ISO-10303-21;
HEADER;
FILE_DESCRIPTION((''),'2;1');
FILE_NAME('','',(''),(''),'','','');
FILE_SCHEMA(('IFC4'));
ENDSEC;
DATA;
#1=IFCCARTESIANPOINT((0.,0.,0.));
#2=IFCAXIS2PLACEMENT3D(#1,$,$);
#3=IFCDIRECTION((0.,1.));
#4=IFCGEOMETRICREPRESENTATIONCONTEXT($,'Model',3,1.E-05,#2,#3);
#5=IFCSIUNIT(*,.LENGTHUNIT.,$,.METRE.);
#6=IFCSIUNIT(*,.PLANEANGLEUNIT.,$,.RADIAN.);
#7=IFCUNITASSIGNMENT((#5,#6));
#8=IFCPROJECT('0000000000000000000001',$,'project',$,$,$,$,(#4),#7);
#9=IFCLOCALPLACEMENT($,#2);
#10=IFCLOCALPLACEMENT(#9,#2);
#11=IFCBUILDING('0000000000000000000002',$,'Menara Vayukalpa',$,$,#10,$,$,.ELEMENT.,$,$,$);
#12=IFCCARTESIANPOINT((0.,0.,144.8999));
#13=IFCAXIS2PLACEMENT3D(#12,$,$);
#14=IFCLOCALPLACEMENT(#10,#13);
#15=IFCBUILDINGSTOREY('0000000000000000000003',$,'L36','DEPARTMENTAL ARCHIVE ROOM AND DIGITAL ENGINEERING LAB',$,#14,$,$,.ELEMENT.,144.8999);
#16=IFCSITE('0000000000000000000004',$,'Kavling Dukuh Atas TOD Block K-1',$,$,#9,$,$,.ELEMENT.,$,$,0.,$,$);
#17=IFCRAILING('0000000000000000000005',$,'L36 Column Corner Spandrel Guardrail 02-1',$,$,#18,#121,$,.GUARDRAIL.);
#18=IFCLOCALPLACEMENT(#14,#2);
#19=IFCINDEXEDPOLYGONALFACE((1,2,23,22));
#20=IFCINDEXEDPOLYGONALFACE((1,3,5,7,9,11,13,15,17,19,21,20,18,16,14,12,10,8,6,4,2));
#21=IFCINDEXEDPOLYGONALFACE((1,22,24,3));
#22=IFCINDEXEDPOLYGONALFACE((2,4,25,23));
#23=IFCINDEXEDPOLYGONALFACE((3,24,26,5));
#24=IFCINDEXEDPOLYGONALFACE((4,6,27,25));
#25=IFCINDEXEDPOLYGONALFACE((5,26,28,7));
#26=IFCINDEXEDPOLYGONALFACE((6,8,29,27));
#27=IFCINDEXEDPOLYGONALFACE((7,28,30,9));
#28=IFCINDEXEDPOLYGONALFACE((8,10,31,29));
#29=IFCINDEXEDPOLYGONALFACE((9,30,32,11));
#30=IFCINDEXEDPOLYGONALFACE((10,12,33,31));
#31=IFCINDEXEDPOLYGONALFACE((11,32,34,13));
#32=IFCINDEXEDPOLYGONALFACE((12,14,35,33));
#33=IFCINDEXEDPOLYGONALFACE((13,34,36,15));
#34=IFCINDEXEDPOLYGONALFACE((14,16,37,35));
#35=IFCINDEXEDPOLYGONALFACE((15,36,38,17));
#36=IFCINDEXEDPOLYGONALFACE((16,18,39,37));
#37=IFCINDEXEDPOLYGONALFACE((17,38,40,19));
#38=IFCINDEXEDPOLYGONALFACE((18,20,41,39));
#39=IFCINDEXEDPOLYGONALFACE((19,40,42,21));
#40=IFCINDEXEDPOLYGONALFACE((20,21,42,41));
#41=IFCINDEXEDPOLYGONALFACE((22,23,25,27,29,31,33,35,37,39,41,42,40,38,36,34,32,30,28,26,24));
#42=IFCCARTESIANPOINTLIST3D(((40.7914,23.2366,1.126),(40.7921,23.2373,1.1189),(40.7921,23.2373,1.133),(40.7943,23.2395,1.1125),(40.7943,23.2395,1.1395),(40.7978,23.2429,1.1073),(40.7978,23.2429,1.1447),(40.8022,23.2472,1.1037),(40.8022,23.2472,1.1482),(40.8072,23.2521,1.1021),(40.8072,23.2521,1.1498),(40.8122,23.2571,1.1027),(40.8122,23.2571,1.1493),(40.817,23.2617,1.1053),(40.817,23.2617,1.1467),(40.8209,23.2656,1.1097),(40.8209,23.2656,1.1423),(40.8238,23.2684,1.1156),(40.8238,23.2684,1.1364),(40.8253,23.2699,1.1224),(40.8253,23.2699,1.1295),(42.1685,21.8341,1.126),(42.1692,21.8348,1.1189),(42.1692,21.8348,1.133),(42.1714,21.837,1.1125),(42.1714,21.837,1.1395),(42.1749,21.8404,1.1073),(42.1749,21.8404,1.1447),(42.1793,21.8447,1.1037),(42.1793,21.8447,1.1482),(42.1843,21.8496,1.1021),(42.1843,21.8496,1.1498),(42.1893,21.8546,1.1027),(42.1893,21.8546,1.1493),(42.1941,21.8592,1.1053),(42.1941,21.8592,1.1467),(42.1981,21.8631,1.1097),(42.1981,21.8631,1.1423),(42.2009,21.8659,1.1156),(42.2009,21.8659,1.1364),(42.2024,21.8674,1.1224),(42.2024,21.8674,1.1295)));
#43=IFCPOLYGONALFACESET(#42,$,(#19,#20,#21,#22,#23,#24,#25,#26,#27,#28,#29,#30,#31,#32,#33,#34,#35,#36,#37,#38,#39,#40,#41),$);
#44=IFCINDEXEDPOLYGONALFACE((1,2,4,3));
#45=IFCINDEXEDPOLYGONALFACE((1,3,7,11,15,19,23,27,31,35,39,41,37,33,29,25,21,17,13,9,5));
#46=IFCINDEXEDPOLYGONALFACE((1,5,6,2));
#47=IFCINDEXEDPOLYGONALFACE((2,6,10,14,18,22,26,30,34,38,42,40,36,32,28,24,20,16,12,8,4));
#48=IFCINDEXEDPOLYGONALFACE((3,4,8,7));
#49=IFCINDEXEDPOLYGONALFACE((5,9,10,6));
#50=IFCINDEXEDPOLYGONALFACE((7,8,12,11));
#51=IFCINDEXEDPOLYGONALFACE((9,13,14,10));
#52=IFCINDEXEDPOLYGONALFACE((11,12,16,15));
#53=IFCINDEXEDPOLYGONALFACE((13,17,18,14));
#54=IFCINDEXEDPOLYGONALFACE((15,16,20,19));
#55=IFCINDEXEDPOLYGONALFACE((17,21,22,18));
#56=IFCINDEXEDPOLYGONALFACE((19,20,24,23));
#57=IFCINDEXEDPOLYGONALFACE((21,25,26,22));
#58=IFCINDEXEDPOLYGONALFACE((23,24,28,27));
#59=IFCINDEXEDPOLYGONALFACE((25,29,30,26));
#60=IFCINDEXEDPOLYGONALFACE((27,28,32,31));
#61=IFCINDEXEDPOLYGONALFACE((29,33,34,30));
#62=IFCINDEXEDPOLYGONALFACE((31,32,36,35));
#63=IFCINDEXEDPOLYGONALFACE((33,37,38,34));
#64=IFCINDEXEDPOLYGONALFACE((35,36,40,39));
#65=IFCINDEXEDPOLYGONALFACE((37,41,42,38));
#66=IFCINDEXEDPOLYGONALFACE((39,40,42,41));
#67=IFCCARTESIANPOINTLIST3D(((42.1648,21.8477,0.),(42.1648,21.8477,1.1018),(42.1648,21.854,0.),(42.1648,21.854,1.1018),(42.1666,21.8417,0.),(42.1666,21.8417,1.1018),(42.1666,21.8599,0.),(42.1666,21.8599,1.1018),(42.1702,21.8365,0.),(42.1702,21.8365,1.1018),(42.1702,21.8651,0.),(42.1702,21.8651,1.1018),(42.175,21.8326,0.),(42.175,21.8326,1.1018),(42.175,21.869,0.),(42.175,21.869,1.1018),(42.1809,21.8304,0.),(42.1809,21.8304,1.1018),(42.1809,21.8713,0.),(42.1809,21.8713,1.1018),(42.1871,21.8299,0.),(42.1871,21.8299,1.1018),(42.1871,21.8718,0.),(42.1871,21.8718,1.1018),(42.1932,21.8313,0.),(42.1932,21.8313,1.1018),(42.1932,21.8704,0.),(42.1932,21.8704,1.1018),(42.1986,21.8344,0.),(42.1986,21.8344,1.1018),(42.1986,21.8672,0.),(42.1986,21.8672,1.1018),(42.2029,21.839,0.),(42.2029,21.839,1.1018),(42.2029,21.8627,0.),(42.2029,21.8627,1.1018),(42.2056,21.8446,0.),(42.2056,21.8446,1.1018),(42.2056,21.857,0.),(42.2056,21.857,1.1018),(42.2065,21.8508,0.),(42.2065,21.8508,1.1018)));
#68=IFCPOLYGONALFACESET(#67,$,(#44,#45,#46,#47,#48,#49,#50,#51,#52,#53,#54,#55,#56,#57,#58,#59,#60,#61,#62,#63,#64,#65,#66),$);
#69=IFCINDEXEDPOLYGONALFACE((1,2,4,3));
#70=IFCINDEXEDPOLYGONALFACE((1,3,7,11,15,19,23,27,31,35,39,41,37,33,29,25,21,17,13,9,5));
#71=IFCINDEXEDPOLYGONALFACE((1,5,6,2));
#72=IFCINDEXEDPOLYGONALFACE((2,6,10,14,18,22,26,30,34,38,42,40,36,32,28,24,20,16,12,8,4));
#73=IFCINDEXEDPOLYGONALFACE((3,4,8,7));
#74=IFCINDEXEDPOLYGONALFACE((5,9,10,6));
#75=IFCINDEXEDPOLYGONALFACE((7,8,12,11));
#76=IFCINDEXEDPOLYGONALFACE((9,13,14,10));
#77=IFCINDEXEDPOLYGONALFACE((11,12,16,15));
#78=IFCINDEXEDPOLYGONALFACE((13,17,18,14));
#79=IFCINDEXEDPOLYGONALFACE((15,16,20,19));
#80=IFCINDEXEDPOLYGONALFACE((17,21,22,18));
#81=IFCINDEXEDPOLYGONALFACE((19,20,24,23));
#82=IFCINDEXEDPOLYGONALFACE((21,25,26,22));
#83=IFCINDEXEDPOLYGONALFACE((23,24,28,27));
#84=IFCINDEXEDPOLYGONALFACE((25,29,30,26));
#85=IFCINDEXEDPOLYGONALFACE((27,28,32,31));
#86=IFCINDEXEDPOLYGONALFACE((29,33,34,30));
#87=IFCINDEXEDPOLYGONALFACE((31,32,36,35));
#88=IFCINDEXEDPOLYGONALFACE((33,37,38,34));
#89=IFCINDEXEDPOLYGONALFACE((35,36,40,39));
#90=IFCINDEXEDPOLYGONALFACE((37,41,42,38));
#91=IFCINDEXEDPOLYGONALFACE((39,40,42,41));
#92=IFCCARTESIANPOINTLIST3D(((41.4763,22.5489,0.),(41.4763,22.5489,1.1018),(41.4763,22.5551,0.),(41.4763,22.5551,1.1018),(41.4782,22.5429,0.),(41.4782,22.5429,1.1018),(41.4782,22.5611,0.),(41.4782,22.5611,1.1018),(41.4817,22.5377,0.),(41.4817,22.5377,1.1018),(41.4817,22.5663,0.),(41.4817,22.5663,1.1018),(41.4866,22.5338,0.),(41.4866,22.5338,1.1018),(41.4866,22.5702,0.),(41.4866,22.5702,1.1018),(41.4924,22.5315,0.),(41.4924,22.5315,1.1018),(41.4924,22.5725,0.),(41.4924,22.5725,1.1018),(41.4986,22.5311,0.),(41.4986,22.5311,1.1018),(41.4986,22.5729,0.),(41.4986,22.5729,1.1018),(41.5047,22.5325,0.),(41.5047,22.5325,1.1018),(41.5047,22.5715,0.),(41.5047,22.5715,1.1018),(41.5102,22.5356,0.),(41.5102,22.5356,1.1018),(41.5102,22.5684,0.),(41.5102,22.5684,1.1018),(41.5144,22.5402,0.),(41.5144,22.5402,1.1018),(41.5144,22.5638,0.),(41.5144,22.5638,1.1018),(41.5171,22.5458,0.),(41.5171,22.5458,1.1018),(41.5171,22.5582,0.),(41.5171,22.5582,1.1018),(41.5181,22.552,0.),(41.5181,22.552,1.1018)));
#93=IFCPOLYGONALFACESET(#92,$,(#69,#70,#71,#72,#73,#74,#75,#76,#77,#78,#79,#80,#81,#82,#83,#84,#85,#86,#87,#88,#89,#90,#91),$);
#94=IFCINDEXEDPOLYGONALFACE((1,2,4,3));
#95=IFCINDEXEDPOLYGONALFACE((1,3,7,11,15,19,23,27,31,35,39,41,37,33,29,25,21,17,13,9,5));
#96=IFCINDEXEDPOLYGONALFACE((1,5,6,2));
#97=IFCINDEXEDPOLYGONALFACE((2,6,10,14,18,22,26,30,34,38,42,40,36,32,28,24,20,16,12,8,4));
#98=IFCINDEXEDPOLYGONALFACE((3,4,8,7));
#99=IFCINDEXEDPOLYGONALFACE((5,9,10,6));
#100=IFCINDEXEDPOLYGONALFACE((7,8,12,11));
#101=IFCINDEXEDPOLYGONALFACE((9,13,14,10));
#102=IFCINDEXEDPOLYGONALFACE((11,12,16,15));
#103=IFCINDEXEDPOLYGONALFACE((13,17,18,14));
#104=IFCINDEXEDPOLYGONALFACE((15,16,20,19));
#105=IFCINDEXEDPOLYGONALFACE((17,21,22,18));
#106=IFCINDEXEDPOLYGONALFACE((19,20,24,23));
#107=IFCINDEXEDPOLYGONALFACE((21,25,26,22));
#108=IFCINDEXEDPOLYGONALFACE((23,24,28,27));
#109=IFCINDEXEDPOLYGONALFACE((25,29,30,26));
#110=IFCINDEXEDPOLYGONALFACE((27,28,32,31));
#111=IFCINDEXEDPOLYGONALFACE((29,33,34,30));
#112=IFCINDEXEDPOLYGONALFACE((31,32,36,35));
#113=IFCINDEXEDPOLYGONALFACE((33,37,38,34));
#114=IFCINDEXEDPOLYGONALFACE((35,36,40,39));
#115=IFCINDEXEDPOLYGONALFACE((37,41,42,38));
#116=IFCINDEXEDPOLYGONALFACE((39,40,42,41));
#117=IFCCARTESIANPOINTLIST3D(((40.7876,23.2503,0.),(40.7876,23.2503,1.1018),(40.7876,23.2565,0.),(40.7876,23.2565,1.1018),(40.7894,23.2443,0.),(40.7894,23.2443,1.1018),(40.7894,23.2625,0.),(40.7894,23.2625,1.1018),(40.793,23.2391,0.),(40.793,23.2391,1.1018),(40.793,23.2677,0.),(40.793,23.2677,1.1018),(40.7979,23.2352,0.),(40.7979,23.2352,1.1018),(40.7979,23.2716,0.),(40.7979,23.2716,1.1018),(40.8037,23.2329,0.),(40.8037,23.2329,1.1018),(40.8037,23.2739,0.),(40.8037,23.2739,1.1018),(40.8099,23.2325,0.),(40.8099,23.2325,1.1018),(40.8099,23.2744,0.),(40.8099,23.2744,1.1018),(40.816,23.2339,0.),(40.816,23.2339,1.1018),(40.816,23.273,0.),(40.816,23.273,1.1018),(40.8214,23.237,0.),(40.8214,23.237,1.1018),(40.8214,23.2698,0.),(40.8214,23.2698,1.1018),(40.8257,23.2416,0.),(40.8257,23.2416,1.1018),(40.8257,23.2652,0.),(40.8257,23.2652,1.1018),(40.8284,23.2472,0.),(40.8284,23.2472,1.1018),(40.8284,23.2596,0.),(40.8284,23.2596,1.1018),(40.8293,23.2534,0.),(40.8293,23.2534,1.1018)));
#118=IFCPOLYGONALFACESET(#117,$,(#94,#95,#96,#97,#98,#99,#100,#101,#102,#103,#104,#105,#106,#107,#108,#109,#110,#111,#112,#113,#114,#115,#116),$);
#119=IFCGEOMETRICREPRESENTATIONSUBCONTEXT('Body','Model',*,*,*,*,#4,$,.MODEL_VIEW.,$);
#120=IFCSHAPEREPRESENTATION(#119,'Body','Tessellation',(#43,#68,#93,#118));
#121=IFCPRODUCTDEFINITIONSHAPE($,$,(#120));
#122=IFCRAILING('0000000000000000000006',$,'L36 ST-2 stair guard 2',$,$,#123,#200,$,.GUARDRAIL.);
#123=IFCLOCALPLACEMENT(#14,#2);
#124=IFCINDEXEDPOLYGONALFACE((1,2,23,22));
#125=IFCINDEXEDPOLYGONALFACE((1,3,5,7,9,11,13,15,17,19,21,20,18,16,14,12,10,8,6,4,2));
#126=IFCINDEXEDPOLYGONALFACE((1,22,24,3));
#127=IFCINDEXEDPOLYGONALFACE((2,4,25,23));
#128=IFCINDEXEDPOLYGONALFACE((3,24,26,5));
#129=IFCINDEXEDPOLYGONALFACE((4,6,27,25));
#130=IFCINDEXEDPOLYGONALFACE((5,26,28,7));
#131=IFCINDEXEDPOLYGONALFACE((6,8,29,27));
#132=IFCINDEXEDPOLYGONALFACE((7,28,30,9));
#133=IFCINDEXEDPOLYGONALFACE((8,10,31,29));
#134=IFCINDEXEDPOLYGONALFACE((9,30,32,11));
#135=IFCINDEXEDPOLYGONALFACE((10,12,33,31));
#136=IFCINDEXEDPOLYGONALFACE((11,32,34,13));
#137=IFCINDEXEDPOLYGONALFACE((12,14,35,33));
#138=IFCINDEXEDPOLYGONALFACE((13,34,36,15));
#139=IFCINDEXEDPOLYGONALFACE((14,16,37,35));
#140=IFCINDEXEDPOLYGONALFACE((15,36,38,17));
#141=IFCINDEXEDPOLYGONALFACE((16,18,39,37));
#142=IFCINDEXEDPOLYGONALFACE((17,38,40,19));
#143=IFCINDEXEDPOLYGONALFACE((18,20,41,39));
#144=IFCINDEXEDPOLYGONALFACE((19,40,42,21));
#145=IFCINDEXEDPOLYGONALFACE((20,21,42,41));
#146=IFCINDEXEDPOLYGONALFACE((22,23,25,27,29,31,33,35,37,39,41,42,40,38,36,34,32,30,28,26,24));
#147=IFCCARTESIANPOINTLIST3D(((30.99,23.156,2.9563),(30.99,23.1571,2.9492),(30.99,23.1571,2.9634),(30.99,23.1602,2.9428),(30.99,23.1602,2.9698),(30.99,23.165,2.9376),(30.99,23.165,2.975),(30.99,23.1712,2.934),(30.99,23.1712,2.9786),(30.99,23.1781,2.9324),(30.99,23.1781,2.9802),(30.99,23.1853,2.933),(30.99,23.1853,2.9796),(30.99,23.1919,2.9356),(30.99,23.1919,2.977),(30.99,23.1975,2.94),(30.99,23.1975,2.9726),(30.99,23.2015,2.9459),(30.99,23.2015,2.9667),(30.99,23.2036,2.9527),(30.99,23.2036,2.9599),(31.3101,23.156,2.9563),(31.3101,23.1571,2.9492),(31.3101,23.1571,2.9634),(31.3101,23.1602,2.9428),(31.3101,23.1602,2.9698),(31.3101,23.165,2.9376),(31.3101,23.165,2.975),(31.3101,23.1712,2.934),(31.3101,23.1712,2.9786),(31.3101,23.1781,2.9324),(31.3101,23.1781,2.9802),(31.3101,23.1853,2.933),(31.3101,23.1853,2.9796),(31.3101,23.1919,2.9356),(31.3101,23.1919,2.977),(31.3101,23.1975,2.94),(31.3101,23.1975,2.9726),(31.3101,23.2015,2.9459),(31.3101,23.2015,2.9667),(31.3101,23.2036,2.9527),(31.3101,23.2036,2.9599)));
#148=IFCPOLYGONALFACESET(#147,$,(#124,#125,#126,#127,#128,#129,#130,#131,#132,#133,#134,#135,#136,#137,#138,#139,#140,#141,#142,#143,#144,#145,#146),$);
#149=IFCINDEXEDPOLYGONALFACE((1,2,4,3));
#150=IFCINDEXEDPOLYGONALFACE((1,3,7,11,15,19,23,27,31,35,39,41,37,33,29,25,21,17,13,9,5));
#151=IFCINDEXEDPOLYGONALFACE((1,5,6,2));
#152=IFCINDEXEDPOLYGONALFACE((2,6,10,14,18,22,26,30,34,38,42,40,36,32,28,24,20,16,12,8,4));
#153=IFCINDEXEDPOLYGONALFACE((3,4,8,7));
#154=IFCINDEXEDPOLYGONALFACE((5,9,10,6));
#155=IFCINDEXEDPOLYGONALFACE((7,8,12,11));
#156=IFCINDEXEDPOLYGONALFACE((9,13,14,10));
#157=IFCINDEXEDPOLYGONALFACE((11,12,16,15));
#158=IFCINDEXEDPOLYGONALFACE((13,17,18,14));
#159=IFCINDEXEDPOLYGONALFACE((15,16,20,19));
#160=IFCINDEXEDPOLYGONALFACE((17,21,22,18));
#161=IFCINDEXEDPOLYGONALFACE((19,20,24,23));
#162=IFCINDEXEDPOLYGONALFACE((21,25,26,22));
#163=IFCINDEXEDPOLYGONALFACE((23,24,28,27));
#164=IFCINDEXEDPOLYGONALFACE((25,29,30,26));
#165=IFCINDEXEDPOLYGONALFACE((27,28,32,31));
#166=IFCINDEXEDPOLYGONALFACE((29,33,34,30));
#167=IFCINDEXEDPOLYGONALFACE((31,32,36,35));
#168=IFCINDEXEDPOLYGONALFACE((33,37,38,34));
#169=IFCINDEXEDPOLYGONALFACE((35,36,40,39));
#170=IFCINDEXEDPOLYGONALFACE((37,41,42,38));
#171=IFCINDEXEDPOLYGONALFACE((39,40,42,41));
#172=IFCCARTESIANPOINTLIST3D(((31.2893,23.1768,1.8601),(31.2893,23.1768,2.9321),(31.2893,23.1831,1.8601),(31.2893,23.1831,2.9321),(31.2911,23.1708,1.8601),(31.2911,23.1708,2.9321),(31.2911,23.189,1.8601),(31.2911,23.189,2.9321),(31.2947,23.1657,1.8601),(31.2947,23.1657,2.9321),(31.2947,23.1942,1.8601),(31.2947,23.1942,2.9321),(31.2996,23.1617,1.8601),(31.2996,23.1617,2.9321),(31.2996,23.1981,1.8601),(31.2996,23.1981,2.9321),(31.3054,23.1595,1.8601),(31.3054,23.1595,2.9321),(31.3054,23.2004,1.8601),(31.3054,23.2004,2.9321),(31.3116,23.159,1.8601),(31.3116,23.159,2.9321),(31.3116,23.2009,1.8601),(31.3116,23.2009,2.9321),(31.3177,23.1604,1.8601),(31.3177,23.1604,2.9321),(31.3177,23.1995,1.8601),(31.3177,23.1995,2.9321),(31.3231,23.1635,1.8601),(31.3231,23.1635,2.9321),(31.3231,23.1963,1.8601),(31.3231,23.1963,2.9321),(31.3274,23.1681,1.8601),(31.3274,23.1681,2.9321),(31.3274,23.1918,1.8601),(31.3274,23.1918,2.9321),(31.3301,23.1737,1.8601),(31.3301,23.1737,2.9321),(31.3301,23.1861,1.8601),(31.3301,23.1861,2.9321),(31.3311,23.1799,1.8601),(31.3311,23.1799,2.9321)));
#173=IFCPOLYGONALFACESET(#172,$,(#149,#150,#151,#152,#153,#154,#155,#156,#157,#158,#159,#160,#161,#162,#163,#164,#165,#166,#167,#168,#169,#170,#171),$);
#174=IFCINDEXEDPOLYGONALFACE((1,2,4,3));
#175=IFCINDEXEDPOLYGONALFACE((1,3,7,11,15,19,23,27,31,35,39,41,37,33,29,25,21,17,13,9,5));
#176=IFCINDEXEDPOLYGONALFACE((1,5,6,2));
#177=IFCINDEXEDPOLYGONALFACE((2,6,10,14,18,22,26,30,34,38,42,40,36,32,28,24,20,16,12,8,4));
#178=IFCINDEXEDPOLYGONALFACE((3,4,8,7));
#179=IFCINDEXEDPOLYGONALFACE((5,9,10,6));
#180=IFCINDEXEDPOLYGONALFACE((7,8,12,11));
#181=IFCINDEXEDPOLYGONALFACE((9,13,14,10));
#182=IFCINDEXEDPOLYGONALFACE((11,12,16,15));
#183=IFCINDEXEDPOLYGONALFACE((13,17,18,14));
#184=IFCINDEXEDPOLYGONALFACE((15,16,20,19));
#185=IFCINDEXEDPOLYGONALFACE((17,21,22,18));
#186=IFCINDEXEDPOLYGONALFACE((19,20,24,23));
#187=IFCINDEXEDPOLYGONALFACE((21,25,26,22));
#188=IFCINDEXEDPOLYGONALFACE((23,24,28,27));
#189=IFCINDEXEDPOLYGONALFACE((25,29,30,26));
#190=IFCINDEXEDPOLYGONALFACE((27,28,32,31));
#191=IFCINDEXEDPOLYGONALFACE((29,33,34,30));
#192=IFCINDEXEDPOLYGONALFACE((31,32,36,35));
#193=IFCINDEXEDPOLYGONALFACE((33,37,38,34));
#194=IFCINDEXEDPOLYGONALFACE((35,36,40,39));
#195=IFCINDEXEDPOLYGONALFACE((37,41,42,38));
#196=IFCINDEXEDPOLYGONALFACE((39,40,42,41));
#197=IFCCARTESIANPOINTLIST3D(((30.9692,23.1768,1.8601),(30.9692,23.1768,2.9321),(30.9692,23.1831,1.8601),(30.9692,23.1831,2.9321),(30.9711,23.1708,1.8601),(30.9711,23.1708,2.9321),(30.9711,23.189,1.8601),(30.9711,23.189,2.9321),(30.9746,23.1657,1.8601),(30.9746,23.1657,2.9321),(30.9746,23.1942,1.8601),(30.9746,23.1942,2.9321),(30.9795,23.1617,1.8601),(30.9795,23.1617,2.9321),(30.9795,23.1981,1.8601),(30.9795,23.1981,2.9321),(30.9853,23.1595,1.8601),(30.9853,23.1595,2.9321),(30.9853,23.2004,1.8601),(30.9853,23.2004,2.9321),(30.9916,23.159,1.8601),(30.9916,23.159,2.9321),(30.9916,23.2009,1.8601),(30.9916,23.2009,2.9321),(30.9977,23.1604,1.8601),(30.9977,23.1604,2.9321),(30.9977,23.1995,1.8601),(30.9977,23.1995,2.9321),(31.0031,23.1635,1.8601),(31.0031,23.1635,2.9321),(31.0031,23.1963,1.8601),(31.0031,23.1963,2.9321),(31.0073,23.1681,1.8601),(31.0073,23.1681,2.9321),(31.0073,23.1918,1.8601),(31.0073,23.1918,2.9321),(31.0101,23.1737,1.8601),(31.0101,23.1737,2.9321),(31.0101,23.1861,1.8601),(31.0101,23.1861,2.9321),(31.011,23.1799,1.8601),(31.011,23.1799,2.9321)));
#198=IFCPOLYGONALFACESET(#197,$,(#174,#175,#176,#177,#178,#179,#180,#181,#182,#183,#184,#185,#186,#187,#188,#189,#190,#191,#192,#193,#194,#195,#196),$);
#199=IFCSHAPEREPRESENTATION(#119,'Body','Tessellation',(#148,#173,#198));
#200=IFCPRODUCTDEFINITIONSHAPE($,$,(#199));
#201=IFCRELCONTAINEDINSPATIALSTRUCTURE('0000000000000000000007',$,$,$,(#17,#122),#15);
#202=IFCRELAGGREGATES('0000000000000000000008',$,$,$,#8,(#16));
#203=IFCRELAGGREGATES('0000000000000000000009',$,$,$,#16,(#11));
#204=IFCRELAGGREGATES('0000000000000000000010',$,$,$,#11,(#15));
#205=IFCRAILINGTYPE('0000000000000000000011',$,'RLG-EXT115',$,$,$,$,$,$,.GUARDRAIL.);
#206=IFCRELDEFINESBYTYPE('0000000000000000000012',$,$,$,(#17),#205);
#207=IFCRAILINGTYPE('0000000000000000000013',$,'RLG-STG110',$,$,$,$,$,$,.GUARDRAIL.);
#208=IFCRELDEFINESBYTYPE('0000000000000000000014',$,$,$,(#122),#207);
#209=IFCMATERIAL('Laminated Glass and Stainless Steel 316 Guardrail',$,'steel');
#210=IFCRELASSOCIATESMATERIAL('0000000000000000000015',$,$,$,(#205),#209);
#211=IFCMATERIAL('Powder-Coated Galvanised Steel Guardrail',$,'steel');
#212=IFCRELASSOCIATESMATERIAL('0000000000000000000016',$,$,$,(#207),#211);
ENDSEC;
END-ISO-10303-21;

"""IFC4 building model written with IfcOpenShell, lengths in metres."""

from ifc_helpers import new_model, si_unit, direction, frame, origin, origin_2d, place, context, subcontext, project, spatial, circle, extrude, material, type_object, element, save


model = new_model("IFC4")

# Units and contexts
model_context = context("Model", 3, precision=1e-05, world=origin(), true_north=direction((0.0, 1.0)))
body_context = subcontext(model_context, "Body", "Model", "MODEL_VIEW")
ifc_project = project(units=[si_unit("LENGTHUNIT", "METRE"), si_unit("PLANEANGLEUNIT", "RADIAN")], contexts=[model_context])

# Site, building, storey
site_placement = place(None, origin())
site = spatial("IfcSite", under=ifc_project, at=site_placement, Name="Kavling Dukuh Atas TOD Block K-1", CompositionType="ELEMENT", RefElevation=0.0)
building_placement = place(site_placement, origin())
building = spatial("IfcBuilding", under=site, at=building_placement, Name="Menara Vayukalpa", CompositionType="ELEMENT")
storey_placement = place(building_placement, frame((0.0, 0.0, 144.8999)))
storey = spatial("IfcBuildingStorey", under=building, at=storey_placement, Name="L36", Description="DEPARTMENTAL ARCHIVE ROOM AND DIGITAL ENGINEERING LAB", CompositionType="ELEMENT", Elevation=144.8999)

# Railings
ifc_material_1 = material(Name="Laminated Glass and Stainless Steel 316 Guardrail", Category="steel")
railing_type_1 = type_object("IfcRailingType", Name="RLG-EXT115", PredefinedType="GUARDRAIL", material=ifc_material_1)
railing_1_placement = place(storey_placement, frame((42.1855, 21.8508, 0.0)))
element("IfcRailing", 1, at=railing_1_placement, inside=storey, type_object=railing_type_1, Name="L36 Column Corner Spandrel Guardrail 02-1", PredefinedType="GUARDRAIL", context=body_context, shape_type="SweptSolid", body=[
    extrude(circle(Radius=0.0239, at=origin_2d()), frame((0.0, 0.0, 1.126), z_axis=(-0.700619, 0.713536, 0.0), x_axis=(-0.713536, -0.700619, 0.0)), (0.0, 0.0, 1.0), 1.9656),
    extrude(circle(Radius=0.021, at=origin_2d()), origin(), (0.0, 0.0, 1.0), 1.1018),
    extrude(circle(Radius=0.021, at=origin_2d()), frame((-0.6885, 0.7012, 0.0)), (0.0, 0.0, 1.0), 1.1018),
    extrude(circle(Radius=0.021, at=origin_2d()), frame((-1.3772, 1.4026, 0.0)), (0.0, 0.0, 1.0), 1.1018),
])
ifc_material_2 = material(Name="Powder-Coated Galvanised Steel Guardrail", Category="steel")
railing_type_2 = type_object("IfcRailingType", Name="RLG-STG110", PredefinedType="GUARDRAIL", material=ifc_material_2)
railing_2_placement = place(storey_placement, frame((31.3101, 23.1799, 1.8601)))
element("IfcRailing", 2, at=railing_2_placement, inside=storey, type_object=railing_type_2, Name="L36 ST-2 stair guard 2", PredefinedType="GUARDRAIL", context=body_context, shape_type="SweptSolid", body=[
    extrude(circle(Radius=0.0239, at=origin_2d()), frame((0.0, 0.0, 1.0962), z_axis=(-1.0, 0.0, 0.0), x_axis=(0.0, -1.0, 0.0)), (0.0, 0.0, 1.0), 0.3201),
    extrude(circle(Radius=0.021, at=origin_2d()), origin(), (0.0, 0.0, 1.0), 1.072),
    extrude(circle(Radius=0.021, at=origin_2d()), frame((-0.3201, 0.0, 0.0)), (0.0, 0.0, 1.0), 1.072),
])

save(model, "model.ifc")
